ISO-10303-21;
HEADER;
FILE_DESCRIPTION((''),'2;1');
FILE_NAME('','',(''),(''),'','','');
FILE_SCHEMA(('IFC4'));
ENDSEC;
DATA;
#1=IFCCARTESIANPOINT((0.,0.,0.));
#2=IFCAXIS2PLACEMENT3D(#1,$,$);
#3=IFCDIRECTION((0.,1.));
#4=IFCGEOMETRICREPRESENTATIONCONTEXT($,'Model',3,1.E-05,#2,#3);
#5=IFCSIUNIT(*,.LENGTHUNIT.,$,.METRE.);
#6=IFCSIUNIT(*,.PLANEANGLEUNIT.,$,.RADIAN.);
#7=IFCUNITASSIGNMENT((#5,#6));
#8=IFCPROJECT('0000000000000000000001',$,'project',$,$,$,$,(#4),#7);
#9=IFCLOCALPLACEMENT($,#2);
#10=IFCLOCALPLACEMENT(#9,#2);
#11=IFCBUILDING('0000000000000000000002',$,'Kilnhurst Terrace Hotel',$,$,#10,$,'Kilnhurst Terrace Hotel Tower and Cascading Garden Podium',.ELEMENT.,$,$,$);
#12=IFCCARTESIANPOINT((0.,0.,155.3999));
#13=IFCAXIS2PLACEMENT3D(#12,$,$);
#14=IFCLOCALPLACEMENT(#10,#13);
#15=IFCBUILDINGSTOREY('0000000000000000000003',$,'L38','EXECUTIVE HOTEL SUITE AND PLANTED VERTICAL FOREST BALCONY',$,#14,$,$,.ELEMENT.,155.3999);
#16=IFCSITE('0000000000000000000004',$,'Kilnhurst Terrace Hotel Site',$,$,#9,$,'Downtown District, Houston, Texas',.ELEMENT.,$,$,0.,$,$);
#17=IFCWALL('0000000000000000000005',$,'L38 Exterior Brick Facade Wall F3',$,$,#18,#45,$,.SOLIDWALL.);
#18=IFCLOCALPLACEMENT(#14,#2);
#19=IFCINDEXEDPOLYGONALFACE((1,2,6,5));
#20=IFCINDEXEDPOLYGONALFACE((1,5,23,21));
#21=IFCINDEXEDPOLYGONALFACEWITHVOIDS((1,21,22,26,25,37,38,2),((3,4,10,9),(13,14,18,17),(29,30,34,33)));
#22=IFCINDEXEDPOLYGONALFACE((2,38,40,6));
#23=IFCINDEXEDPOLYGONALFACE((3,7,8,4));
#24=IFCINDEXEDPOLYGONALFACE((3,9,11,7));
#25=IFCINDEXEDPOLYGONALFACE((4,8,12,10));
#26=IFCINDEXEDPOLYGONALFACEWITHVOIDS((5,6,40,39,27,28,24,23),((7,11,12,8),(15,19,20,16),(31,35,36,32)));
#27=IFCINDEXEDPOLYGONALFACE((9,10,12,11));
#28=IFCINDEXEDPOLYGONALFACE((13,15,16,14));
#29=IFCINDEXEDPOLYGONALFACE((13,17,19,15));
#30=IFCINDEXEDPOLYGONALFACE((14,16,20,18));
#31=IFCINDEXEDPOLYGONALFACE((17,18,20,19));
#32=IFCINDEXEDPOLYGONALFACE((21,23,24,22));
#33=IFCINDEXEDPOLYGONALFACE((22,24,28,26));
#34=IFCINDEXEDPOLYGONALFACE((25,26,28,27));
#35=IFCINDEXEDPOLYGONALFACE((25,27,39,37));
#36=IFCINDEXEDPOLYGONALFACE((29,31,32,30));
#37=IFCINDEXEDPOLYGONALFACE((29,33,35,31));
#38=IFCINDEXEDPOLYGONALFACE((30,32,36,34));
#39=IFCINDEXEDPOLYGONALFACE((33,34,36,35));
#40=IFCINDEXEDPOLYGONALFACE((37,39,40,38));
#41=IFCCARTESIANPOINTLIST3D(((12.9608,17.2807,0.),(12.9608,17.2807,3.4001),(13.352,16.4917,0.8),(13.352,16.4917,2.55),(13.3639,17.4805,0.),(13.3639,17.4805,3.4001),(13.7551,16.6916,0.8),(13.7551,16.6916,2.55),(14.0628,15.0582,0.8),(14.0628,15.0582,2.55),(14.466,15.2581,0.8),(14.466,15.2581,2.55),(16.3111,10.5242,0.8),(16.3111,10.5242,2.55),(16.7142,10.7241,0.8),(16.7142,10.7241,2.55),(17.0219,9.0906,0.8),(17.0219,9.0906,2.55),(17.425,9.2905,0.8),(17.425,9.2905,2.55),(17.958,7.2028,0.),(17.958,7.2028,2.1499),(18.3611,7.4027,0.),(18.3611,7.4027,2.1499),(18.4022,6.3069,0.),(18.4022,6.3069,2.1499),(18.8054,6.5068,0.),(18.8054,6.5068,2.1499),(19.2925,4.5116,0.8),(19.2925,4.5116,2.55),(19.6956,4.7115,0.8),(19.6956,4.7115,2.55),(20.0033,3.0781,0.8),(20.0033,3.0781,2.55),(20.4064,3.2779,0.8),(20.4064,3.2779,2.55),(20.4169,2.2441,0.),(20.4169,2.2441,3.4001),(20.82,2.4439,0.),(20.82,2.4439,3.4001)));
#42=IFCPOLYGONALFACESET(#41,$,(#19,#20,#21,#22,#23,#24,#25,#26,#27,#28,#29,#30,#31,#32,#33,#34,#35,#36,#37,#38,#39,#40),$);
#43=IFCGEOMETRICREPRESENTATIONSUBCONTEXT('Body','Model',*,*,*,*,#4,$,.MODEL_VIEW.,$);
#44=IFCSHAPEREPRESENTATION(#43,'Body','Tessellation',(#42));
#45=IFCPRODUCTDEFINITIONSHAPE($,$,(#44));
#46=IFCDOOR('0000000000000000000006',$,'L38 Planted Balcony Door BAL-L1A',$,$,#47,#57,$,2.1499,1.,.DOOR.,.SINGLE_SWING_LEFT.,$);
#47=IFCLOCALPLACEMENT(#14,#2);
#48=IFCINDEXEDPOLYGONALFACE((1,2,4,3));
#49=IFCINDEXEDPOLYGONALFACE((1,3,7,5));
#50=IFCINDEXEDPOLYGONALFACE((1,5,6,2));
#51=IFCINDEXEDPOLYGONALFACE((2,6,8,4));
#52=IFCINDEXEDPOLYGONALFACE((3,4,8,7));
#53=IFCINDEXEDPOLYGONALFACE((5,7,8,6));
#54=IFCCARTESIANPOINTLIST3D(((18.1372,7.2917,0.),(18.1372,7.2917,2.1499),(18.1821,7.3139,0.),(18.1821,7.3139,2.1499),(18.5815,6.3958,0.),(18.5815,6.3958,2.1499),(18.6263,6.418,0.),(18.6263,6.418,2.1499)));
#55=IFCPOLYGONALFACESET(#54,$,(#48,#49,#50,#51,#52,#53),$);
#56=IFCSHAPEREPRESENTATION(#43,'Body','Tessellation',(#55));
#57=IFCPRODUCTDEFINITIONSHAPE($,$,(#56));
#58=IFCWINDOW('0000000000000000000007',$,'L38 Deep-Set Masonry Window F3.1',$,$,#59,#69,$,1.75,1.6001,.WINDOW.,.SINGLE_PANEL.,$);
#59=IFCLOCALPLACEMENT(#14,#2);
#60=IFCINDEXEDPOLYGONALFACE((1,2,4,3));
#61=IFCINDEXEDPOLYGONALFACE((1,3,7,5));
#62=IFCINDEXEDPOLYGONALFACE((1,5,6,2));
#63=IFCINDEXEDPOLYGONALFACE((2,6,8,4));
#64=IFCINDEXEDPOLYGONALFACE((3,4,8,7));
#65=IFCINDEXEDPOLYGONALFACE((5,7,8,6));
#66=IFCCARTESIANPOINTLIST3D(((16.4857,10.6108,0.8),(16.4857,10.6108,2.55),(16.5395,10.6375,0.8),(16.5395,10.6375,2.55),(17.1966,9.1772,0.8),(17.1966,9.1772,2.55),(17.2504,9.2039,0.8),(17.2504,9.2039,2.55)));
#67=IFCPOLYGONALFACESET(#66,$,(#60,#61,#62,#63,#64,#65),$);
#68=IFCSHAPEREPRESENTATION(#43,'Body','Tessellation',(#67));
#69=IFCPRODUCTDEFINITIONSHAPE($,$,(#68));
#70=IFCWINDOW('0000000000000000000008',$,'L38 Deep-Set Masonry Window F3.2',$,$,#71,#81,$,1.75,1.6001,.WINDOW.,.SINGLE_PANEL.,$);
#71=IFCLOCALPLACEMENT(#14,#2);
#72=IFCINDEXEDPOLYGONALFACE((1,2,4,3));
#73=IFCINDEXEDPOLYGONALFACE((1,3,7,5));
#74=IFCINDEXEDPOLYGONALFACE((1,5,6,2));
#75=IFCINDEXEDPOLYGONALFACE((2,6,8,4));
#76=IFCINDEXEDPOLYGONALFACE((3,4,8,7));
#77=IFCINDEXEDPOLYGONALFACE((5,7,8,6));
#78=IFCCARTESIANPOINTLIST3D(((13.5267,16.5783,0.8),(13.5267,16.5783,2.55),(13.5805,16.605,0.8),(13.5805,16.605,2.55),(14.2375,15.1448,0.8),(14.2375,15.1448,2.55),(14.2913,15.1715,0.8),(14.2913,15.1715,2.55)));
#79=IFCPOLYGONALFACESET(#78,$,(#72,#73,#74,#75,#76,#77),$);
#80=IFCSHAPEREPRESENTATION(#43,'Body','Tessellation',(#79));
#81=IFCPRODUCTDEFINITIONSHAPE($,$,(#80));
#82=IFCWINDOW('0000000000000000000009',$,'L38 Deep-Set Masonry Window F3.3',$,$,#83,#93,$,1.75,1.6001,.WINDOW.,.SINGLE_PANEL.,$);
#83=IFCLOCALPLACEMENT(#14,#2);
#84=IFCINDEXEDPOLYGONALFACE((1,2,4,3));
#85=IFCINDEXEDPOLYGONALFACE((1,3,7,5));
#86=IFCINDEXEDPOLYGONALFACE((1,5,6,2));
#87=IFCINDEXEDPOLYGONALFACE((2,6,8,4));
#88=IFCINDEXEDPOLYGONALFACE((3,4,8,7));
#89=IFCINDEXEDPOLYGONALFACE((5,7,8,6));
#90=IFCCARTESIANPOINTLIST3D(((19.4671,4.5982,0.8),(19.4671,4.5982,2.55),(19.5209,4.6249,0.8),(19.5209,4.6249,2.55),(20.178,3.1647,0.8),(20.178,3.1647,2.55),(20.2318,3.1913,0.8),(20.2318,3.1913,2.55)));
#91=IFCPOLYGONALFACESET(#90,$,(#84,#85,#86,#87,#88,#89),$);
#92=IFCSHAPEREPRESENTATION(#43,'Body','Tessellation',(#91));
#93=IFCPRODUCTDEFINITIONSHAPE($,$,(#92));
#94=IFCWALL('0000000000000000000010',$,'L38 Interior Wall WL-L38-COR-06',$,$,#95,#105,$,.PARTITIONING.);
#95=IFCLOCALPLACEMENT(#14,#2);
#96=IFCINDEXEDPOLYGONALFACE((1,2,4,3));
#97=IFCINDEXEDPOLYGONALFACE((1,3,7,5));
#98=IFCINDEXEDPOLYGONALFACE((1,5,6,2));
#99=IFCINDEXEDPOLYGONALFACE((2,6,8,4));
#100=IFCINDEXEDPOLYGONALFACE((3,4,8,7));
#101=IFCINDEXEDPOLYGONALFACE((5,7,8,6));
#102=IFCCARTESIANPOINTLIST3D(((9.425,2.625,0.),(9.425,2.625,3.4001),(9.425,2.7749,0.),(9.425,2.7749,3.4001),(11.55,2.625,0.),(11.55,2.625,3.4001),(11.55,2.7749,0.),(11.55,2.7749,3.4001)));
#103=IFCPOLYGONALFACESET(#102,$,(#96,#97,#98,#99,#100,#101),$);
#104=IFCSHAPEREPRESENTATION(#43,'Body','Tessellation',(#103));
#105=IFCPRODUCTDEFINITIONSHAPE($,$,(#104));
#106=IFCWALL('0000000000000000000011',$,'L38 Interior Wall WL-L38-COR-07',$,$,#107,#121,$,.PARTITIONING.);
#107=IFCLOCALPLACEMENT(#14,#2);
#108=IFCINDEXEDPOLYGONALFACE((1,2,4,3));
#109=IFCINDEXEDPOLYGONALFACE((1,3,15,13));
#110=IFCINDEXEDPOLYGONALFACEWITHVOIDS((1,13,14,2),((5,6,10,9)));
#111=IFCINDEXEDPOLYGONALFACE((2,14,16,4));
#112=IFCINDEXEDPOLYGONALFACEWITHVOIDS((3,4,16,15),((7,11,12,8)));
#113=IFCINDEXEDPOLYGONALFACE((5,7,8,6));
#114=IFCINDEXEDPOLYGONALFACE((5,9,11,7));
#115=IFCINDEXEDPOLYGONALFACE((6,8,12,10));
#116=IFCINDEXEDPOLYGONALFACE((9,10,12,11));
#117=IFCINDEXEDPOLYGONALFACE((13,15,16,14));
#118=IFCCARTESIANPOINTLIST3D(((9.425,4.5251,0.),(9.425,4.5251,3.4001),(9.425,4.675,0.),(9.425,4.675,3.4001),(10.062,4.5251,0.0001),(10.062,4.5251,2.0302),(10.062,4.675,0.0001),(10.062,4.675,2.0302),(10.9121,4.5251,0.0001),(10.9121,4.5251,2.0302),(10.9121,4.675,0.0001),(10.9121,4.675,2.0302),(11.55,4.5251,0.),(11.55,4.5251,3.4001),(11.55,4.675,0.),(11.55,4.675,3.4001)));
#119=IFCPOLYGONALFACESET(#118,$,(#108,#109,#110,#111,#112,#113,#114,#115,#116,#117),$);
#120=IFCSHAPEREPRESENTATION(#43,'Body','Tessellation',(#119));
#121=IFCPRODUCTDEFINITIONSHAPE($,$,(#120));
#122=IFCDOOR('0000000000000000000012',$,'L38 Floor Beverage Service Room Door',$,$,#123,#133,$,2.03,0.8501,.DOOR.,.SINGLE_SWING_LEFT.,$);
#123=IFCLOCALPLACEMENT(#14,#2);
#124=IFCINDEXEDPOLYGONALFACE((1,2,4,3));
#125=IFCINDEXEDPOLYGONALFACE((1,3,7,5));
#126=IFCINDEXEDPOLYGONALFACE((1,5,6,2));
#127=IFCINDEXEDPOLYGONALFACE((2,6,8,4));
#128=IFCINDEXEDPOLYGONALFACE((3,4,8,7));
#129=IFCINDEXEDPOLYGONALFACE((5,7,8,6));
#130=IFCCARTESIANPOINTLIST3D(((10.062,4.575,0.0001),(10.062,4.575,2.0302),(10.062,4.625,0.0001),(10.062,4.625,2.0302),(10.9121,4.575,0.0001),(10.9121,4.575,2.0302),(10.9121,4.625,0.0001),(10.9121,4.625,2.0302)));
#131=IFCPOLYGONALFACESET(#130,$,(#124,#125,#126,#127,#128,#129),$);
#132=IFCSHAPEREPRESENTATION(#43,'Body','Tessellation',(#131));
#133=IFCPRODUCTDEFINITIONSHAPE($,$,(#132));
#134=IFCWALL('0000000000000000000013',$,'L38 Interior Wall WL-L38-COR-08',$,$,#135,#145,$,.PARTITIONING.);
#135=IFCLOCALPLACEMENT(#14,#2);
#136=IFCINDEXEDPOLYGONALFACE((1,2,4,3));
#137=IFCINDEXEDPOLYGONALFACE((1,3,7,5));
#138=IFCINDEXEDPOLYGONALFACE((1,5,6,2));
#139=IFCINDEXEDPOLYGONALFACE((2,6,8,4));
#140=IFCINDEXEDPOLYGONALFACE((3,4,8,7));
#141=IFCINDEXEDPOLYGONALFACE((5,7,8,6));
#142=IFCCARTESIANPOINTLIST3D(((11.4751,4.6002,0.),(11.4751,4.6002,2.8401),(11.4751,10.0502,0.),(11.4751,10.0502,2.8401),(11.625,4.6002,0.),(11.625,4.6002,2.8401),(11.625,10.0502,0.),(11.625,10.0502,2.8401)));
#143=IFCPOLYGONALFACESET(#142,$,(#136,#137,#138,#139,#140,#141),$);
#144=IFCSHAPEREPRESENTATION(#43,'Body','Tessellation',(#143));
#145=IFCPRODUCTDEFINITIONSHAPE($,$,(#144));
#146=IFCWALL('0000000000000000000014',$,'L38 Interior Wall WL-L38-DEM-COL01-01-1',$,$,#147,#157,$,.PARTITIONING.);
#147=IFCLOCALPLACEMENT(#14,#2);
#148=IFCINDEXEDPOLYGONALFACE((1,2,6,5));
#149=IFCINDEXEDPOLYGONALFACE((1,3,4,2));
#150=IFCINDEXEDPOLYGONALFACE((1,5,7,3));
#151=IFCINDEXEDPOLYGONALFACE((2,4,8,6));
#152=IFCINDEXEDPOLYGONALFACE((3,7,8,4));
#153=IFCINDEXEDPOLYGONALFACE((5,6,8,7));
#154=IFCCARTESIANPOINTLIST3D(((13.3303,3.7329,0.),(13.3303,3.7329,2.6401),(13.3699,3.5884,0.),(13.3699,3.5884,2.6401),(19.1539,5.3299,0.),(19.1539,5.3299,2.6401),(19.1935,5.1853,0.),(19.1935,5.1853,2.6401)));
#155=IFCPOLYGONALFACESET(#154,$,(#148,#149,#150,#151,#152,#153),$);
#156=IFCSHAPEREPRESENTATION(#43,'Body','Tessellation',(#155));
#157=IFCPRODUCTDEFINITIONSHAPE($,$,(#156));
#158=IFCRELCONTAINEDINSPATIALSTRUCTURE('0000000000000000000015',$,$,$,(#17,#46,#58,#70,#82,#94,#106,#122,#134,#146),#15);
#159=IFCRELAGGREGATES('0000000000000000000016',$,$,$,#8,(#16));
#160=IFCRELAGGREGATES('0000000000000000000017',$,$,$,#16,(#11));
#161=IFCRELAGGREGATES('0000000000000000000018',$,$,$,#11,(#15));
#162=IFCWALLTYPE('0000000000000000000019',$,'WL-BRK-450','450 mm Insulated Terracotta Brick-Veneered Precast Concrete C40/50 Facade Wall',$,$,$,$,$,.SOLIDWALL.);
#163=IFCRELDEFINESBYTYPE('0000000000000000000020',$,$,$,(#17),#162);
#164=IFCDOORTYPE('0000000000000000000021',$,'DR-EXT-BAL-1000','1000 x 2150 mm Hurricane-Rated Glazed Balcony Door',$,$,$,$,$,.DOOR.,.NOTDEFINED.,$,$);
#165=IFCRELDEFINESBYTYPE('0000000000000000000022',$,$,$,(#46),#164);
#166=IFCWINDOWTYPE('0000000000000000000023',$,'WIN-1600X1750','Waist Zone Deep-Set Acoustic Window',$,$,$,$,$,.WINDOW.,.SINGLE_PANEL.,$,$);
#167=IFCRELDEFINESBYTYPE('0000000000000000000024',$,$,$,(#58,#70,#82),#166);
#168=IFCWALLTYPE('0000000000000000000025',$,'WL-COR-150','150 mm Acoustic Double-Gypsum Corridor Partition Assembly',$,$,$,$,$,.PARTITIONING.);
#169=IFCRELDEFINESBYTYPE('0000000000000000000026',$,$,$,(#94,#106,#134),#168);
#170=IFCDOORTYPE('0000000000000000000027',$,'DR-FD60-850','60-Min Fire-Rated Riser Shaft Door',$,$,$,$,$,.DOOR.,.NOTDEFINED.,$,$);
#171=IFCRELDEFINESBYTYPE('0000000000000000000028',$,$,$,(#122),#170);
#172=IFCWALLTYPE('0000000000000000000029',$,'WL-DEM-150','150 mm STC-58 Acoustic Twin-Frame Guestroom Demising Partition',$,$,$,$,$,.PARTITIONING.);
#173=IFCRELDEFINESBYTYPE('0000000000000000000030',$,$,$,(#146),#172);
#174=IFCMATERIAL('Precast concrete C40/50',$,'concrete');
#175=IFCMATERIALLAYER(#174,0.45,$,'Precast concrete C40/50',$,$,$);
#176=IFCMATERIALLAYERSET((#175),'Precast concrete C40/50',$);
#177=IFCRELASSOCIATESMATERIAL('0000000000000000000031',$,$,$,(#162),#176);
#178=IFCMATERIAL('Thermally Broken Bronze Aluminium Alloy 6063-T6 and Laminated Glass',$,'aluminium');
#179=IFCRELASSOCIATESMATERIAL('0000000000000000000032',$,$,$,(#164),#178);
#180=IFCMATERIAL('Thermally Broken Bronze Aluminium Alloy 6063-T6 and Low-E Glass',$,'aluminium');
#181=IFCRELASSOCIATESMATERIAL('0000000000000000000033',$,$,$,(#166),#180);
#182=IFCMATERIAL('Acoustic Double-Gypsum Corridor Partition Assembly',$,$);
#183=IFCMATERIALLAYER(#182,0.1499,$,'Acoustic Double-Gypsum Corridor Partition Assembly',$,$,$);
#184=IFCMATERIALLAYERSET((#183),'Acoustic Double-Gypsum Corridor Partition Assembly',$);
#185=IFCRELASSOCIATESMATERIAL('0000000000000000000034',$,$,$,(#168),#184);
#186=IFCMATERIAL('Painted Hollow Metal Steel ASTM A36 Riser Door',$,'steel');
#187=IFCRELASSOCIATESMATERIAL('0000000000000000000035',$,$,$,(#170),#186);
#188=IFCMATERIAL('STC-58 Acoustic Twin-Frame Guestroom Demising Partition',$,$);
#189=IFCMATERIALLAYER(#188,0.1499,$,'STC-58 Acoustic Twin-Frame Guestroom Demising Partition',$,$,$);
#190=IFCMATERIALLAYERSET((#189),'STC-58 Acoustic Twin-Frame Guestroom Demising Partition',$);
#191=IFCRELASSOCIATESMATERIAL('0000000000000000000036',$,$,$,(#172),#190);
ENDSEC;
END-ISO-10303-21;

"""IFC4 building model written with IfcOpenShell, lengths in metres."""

from ifc_helpers import new_model, si_unit, direction, frame, frame_2d, origin, place, context, subcontext, project, spatial, rectangle, extrude, material, layer, layer_set, type_object, element, fill, save


model = new_model("IFC4")

# Units and contexts
model_context = context("Model", 3, precision=1e-05, world=origin(), true_north=direction((0.0, 1.0)))
body_context = subcontext(model_context, "Body", "Model", "MODEL_VIEW")
ifc_project = project(units=[si_unit("LENGTHUNIT", "METRE"), si_unit("PLANEANGLEUNIT", "RADIAN")], contexts=[model_context])

# Site, building, storey
site_placement = place(None, origin())
site = spatial("IfcSite", under=ifc_project, at=site_placement, Name="Kilnhurst Terrace Hotel Site", LongName="Downtown District, Houston, Texas", CompositionType="ELEMENT", RefElevation=0.0)
building_placement = place(site_placement, origin())
building = spatial("IfcBuilding", under=site, at=building_placement, Name="Kilnhurst Terrace Hotel", LongName="Kilnhurst Terrace Hotel Tower and Cascading Garden Podium", CompositionType="ELEMENT")
storey_placement = place(building_placement, frame((0.0, 0.0, 155.3999)))
storey = spatial("IfcBuildingStorey", under=building, at=storey_placement, Name="L38", Description="EXECUTIVE HOTEL SUITE AND PLANTED VERTICAL FOREST BALCONY", CompositionType="ELEMENT", Elevation=155.3999)

# Shared definitions
ifc_material_1 = material(Name="Precast concrete C40/50", Category="concrete")
ifc_layer_1 = layer(ifc_material_1, 0.45, Name="Precast concrete C40/50")
ifc_layer_set_1 = layer_set([ifc_layer_1], Name="Precast concrete C40/50")
wall_type_1 = type_object("IfcWallType", Name="WL-BRK-450", Description="450 mm Insulated Terracotta Brick-Veneered Precast Concrete C40/50 Facade Wall", PredefinedType="SOLIDWALL", material=ifc_layer_set_1)

# Wall, openings, door, windows
wall_1_placement = place(storey_placement, frame((20.6184, 2.344, 0.0), z_axis=(0.0, 0.0, 1.0), x_axis=(-0.444244, 0.895906, 0.0)))
wall_1 = element("IfcWall", 1, at=wall_1_placement, inside=storey, type_object=wall_type_1, Name="L38 Exterior Brick Facade Wall F3", PredefinedType="SOLIDWALL", context=body_context, shape_type="SweptSolid", body=[
    extrude(rectangle(XDim=16.7837, YDim=0.45, at=frame_2d((8.3918, 0.0))), origin(), (0.0, 0.0, 1.0), 3.4001),
])
opening_1_placement = place(wall_1_placement, frame((4.5349, 0.0, 0.0)))
opening_1 = element("IfcOpeningElement", 2, at=opening_1_placement, cuts=wall_1, PredefinedType="OPENING", context=body_context, shape_type="SweptSolid", body=[
    extrude(rectangle(XDim=1.0, YDim=2.1499, at=frame_2d((0.5, 1.075))), frame((0.0, 0.2349, 0.0), z_axis=(0.0, -1.0, 0.0), x_axis=(1.0, 0.0, 0.0)), (0.0, 0.0, 1.0), 0.47),
])
opening_2_placement = place(wall_1_placement, frame((7.6421, 0.0, 0.8)))
opening_2 = element("IfcOpeningElement", 3, at=opening_2_placement, cuts=wall_1, PredefinedType="OPENING", context=body_context, shape_type="SweptSolid", body=[
    extrude(rectangle(XDim=1.6001, YDim=1.75, at=frame_2d((0.8, 0.875))), frame((0.0, 0.2349, 0.0), z_axis=(0.0, -1.0, 0.0), x_axis=(1.0, 0.0, 0.0)), (0.0, 0.0, 1.0), 0.47),
])
opening_3_placement = place(wall_1_placement, frame((14.303, 0.0, 0.8)))
opening_3 = element("IfcOpeningElement", 4, at=opening_3_placement, cuts=wall_1, PredefinedType="OPENING", context=body_context, shape_type="SweptSolid", body=[
    extrude(rectangle(XDim=1.6001, YDim=1.75, at=frame_2d((0.8, 0.875))), frame((0.0, 0.2349, 0.0), z_axis=(0.0, -1.0, 0.0), x_axis=(1.0, 0.0, 0.0)), (0.0, 0.0, 1.0), 0.47),
])
opening_4_placement = place(wall_1_placement, frame((0.9309, 0.0, 0.8)))
opening_4 = element("IfcOpeningElement", 5, at=opening_4_placement, cuts=wall_1, PredefinedType="OPENING", context=body_context, shape_type="SweptSolid", body=[
    extrude(rectangle(XDim=1.6001, YDim=1.75, at=frame_2d((0.8, 0.875))), frame((0.0, 0.2349, 0.0), z_axis=(0.0, -1.0, 0.0), x_axis=(1.0, 0.0, 0.0)), (0.0, 0.0, 1.0), 0.47),
])
ifc_material_2 = material(Name="Thermally Broken Bronze Aluminium Alloy 6063-T6 and Laminated Glass", Category="aluminium")
door_type_1 = type_object("IfcDoorType", Name="DR-EXT-BAL-1000", Description="1000 x 2150 mm Hurricane-Rated Glazed Balcony Door", OperationType="NOTDEFINED", PredefinedType="DOOR", material=ifc_material_2)
door_1_placement = place(opening_1_placement, origin())
door_1 = element("IfcDoor", 6, at=door_1_placement, inside=storey, type_object=door_type_1, Name="L38 Planted Balcony Door BAL-L1A", OperationType="SINGLE_SWING_LEFT", OverallHeight=2.1499, OverallWidth=1.0, PredefinedType="DOOR", context=body_context, shape_type="SweptSolid", body=[
    extrude(rectangle(XDim=1.0, YDim=2.1499, at=frame_2d((0.5, 1.075))), frame((0.0, 0.0249, 0.0), z_axis=(0.0, -1.0, 0.0), x_axis=(1.0, 0.0, 0.0)), (0.0, 0.0, 1.0), 0.05),
])
fill(opening_1, door_1)
ifc_material_3 = material(Name="Thermally Broken Bronze Aluminium Alloy 6063-T6 and Low-E Glass", Category="aluminium")
window_type = type_object("IfcWindowType", Name="WIN-1600X1750", Description="Waist Zone Deep-Set Acoustic Window", PartitioningType="SINGLE_PANEL", PredefinedType="WINDOW", material=ifc_material_3)
window_1_placement = place(opening_2_placement, origin())
window_1 = element("IfcWindow", 7, at=window_1_placement, inside=storey, type_object=window_type, Name="L38 Deep-Set Masonry Window F3.1", OverallHeight=1.75, OverallWidth=1.6001, PartitioningType="SINGLE_PANEL", PredefinedType="WINDOW", context=body_context, shape_type="SweptSolid", body=[
    extrude(rectangle(XDim=1.6001, YDim=1.75, at=frame_2d((0.8, 0.875))), frame((0.0, 0.03, 0.0), z_axis=(0.0, -1.0, 0.0), x_axis=(1.0, 0.0, 0.0)), (0.0, 0.0, 1.0), 0.0601),
])
fill(opening_2, window_1)
window_2_placement = place(opening_3_placement, origin())
window_2 = element("IfcWindow", 8, at=window_2_placement, inside=storey, type_object=window_type, Name="L38 Deep-Set Masonry Window F3.2", OverallHeight=1.75, OverallWidth=1.6001, PartitioningType="SINGLE_PANEL", PredefinedType="WINDOW", context=body_context, shape_type="SweptSolid", body=[
    extrude(rectangle(XDim=1.6001, YDim=1.75, at=frame_2d((0.8, 0.875))), frame((0.0, 0.03, 0.0), z_axis=(0.0, -1.0, 0.0), x_axis=(1.0, 0.0, 0.0)), (0.0, 0.0, 1.0), 0.0601),
])
fill(opening_3, window_2)
window_3_placement = place(opening_4_placement, origin())
window_3 = element("IfcWindow", 9, at=window_3_placement, inside=storey, type_object=window_type, Name="L38 Deep-Set Masonry Window F3.3", OverallHeight=1.75, OverallWidth=1.6001, PartitioningType="SINGLE_PANEL", PredefinedType="WINDOW", context=body_context, shape_type="SweptSolid", body=[
    extrude(rectangle(XDim=1.6001, YDim=1.75, at=frame_2d((0.8, 0.875))), frame((0.0, 0.03, 0.0), z_axis=(0.0, -1.0, 0.0), x_axis=(1.0, 0.0, 0.0)), (0.0, 0.0, 1.0), 0.0601),
])
fill(opening_4, window_3)

# Wall
ifc_material_4 = material(Name="Acoustic Double-Gypsum Corridor Partition Assembly")
ifc_layer_2 = layer(ifc_material_4, 0.1499, Name="Acoustic Double-Gypsum Corridor Partition Assembly")
ifc_layer_set_2 = layer_set([ifc_layer_2], Name="Acoustic Double-Gypsum Corridor Partition Assembly")
wall_type_2 = type_object("IfcWallType", Name="WL-COR-150", Description="150 mm Acoustic Double-Gypsum Corridor Partition Assembly", PredefinedType="PARTITIONING", material=ifc_layer_set_2)
wall_2_placement = place(storey_placement, frame((11.55, 2.7, 0.0), z_axis=(0.0, 0.0, 1.0), x_axis=(-1.0, 0.0, 0.0)))
element("IfcWall", 10, at=wall_2_placement, inside=storey, type_object=wall_type_2, Name="L38 Interior Wall WL-L38-COR-06", PredefinedType="PARTITIONING", context=body_context, shape_type="SweptSolid", body=[
    extrude(rectangle(XDim=2.125, YDim=0.1499, at=frame_2d((1.0625, 0.0))), origin(), (0.0, 0.0, 1.0), 3.4001),
])

# Wall, opening, door
wall_3_placement = place(storey_placement, frame((9.425, 4.6001, 0.0), z_axis=(0.0, 0.0, 1.0), x_axis=(1.0, 0.0, 0.0)))
wall_3 = element("IfcWall", 11, at=wall_3_placement, inside=storey, type_object=wall_type_2, Name="L38 Interior Wall WL-L38-COR-07", PredefinedType="PARTITIONING", context=body_context, shape_type="SweptSolid", body=[
    extrude(rectangle(XDim=2.125, YDim=0.1499, at=frame_2d((1.0625, 0.0))), origin(), (0.0, 0.0, 1.0), 3.4001),
])
opening_5_placement = place(wall_3_placement, frame((0.637, 0.0, 0.0)))
opening_5 = element("IfcOpeningElement", 12, at=opening_5_placement, cuts=wall_3, PredefinedType="OPENING", context=body_context, shape_type="SweptSolid", body=[
    extrude(rectangle(XDim=0.8501, YDim=2.03, at=frame_2d((0.425, 1.0151))), frame((0.0, 0.085, 0.0), z_axis=(0.0, -1.0, 0.0), x_axis=(1.0, 0.0, 0.0)), (0.0, 0.0, 1.0), 0.1699),
])
ifc_material_5 = material(Name="Painted Hollow Metal Steel ASTM A36 Riser Door", Category="steel")
door_type_2 = type_object("IfcDoorType", Name="DR-FD60-850", Description="60-Min Fire-Rated Riser Shaft Door", OperationType="NOTDEFINED", PredefinedType="DOOR", material=ifc_material_5)
door_2_placement = place(opening_5_placement, origin())
door_2 = element("IfcDoor", 13, at=door_2_placement, inside=storey, type_object=door_type_2, Name="L38 Floor Beverage Service Room Door", OperationType="SINGLE_SWING_LEFT", OverallHeight=2.03, OverallWidth=0.8501, PredefinedType="DOOR", context=body_context, shape_type="SweptSolid", body=[
    extrude(rectangle(XDim=0.8501, YDim=2.03, at=frame_2d((0.425, 1.0151))), frame((0.0, 0.0249, 0.0), z_axis=(0.0, -1.0, 0.0), x_axis=(1.0, 0.0, 0.0)), (0.0, 0.0, 1.0), 0.05),
])
fill(opening_5, door_2)

# Walls
wall_4_placement = place(storey_placement, frame((11.55, 4.6001, 0.0), z_axis=(0.0, 0.0, 1.0), x_axis=(0.0, 1.0, 0.0)))
element("IfcWall", 14, at=wall_4_placement, inside=storey, type_object=wall_type_2, Name="L38 Interior Wall WL-L38-COR-08", PredefinedType="PARTITIONING", context=body_context, shape_type="SweptSolid", body=[
    extrude(rectangle(XDim=5.45, YDim=0.1499, at=frame_2d((2.7251, 0.0))), origin(), (0.0, 0.0, 1.0), 2.8401),
])
ifc_material_6 = material(Name="STC-58 Acoustic Twin-Frame Guestroom Demising Partition")
ifc_layer_3 = layer(ifc_material_6, 0.1499, Name="STC-58 Acoustic Twin-Frame Guestroom Demising Partition")
ifc_layer_set_3 = layer_set([ifc_layer_3], Name="STC-58 Acoustic Twin-Frame Guestroom Demising Partition")
wall_type_3 = type_object("IfcWallType", Name="WL-DEM-150", Description="150 mm STC-58 Acoustic Twin-Frame Guestroom Demising Partition", PredefinedType="PARTITIONING", material=ifc_layer_set_3)
wall_5_placement = place(storey_placement, frame((13.3501, 3.6606, 0.0), z_axis=(0.0, 0.0, 1.0), x_axis=(0.964397, 0.264458, 0.0)))
element("IfcWall", 15, at=wall_5_placement, inside=storey, type_object=wall_type_3, Name="L38 Interior Wall WL-L38-DEM-COL01-01-1", PredefinedType="PARTITIONING", context=body_context, shape_type="SweptSolid", body=[
    extrude(rectangle(XDim=6.0386, YDim=0.1499, at=frame_2d((3.0193, 0.0))), origin(), (0.0, 0.0, 1.0), 2.6401),
])

save(model, "model.ifc")
